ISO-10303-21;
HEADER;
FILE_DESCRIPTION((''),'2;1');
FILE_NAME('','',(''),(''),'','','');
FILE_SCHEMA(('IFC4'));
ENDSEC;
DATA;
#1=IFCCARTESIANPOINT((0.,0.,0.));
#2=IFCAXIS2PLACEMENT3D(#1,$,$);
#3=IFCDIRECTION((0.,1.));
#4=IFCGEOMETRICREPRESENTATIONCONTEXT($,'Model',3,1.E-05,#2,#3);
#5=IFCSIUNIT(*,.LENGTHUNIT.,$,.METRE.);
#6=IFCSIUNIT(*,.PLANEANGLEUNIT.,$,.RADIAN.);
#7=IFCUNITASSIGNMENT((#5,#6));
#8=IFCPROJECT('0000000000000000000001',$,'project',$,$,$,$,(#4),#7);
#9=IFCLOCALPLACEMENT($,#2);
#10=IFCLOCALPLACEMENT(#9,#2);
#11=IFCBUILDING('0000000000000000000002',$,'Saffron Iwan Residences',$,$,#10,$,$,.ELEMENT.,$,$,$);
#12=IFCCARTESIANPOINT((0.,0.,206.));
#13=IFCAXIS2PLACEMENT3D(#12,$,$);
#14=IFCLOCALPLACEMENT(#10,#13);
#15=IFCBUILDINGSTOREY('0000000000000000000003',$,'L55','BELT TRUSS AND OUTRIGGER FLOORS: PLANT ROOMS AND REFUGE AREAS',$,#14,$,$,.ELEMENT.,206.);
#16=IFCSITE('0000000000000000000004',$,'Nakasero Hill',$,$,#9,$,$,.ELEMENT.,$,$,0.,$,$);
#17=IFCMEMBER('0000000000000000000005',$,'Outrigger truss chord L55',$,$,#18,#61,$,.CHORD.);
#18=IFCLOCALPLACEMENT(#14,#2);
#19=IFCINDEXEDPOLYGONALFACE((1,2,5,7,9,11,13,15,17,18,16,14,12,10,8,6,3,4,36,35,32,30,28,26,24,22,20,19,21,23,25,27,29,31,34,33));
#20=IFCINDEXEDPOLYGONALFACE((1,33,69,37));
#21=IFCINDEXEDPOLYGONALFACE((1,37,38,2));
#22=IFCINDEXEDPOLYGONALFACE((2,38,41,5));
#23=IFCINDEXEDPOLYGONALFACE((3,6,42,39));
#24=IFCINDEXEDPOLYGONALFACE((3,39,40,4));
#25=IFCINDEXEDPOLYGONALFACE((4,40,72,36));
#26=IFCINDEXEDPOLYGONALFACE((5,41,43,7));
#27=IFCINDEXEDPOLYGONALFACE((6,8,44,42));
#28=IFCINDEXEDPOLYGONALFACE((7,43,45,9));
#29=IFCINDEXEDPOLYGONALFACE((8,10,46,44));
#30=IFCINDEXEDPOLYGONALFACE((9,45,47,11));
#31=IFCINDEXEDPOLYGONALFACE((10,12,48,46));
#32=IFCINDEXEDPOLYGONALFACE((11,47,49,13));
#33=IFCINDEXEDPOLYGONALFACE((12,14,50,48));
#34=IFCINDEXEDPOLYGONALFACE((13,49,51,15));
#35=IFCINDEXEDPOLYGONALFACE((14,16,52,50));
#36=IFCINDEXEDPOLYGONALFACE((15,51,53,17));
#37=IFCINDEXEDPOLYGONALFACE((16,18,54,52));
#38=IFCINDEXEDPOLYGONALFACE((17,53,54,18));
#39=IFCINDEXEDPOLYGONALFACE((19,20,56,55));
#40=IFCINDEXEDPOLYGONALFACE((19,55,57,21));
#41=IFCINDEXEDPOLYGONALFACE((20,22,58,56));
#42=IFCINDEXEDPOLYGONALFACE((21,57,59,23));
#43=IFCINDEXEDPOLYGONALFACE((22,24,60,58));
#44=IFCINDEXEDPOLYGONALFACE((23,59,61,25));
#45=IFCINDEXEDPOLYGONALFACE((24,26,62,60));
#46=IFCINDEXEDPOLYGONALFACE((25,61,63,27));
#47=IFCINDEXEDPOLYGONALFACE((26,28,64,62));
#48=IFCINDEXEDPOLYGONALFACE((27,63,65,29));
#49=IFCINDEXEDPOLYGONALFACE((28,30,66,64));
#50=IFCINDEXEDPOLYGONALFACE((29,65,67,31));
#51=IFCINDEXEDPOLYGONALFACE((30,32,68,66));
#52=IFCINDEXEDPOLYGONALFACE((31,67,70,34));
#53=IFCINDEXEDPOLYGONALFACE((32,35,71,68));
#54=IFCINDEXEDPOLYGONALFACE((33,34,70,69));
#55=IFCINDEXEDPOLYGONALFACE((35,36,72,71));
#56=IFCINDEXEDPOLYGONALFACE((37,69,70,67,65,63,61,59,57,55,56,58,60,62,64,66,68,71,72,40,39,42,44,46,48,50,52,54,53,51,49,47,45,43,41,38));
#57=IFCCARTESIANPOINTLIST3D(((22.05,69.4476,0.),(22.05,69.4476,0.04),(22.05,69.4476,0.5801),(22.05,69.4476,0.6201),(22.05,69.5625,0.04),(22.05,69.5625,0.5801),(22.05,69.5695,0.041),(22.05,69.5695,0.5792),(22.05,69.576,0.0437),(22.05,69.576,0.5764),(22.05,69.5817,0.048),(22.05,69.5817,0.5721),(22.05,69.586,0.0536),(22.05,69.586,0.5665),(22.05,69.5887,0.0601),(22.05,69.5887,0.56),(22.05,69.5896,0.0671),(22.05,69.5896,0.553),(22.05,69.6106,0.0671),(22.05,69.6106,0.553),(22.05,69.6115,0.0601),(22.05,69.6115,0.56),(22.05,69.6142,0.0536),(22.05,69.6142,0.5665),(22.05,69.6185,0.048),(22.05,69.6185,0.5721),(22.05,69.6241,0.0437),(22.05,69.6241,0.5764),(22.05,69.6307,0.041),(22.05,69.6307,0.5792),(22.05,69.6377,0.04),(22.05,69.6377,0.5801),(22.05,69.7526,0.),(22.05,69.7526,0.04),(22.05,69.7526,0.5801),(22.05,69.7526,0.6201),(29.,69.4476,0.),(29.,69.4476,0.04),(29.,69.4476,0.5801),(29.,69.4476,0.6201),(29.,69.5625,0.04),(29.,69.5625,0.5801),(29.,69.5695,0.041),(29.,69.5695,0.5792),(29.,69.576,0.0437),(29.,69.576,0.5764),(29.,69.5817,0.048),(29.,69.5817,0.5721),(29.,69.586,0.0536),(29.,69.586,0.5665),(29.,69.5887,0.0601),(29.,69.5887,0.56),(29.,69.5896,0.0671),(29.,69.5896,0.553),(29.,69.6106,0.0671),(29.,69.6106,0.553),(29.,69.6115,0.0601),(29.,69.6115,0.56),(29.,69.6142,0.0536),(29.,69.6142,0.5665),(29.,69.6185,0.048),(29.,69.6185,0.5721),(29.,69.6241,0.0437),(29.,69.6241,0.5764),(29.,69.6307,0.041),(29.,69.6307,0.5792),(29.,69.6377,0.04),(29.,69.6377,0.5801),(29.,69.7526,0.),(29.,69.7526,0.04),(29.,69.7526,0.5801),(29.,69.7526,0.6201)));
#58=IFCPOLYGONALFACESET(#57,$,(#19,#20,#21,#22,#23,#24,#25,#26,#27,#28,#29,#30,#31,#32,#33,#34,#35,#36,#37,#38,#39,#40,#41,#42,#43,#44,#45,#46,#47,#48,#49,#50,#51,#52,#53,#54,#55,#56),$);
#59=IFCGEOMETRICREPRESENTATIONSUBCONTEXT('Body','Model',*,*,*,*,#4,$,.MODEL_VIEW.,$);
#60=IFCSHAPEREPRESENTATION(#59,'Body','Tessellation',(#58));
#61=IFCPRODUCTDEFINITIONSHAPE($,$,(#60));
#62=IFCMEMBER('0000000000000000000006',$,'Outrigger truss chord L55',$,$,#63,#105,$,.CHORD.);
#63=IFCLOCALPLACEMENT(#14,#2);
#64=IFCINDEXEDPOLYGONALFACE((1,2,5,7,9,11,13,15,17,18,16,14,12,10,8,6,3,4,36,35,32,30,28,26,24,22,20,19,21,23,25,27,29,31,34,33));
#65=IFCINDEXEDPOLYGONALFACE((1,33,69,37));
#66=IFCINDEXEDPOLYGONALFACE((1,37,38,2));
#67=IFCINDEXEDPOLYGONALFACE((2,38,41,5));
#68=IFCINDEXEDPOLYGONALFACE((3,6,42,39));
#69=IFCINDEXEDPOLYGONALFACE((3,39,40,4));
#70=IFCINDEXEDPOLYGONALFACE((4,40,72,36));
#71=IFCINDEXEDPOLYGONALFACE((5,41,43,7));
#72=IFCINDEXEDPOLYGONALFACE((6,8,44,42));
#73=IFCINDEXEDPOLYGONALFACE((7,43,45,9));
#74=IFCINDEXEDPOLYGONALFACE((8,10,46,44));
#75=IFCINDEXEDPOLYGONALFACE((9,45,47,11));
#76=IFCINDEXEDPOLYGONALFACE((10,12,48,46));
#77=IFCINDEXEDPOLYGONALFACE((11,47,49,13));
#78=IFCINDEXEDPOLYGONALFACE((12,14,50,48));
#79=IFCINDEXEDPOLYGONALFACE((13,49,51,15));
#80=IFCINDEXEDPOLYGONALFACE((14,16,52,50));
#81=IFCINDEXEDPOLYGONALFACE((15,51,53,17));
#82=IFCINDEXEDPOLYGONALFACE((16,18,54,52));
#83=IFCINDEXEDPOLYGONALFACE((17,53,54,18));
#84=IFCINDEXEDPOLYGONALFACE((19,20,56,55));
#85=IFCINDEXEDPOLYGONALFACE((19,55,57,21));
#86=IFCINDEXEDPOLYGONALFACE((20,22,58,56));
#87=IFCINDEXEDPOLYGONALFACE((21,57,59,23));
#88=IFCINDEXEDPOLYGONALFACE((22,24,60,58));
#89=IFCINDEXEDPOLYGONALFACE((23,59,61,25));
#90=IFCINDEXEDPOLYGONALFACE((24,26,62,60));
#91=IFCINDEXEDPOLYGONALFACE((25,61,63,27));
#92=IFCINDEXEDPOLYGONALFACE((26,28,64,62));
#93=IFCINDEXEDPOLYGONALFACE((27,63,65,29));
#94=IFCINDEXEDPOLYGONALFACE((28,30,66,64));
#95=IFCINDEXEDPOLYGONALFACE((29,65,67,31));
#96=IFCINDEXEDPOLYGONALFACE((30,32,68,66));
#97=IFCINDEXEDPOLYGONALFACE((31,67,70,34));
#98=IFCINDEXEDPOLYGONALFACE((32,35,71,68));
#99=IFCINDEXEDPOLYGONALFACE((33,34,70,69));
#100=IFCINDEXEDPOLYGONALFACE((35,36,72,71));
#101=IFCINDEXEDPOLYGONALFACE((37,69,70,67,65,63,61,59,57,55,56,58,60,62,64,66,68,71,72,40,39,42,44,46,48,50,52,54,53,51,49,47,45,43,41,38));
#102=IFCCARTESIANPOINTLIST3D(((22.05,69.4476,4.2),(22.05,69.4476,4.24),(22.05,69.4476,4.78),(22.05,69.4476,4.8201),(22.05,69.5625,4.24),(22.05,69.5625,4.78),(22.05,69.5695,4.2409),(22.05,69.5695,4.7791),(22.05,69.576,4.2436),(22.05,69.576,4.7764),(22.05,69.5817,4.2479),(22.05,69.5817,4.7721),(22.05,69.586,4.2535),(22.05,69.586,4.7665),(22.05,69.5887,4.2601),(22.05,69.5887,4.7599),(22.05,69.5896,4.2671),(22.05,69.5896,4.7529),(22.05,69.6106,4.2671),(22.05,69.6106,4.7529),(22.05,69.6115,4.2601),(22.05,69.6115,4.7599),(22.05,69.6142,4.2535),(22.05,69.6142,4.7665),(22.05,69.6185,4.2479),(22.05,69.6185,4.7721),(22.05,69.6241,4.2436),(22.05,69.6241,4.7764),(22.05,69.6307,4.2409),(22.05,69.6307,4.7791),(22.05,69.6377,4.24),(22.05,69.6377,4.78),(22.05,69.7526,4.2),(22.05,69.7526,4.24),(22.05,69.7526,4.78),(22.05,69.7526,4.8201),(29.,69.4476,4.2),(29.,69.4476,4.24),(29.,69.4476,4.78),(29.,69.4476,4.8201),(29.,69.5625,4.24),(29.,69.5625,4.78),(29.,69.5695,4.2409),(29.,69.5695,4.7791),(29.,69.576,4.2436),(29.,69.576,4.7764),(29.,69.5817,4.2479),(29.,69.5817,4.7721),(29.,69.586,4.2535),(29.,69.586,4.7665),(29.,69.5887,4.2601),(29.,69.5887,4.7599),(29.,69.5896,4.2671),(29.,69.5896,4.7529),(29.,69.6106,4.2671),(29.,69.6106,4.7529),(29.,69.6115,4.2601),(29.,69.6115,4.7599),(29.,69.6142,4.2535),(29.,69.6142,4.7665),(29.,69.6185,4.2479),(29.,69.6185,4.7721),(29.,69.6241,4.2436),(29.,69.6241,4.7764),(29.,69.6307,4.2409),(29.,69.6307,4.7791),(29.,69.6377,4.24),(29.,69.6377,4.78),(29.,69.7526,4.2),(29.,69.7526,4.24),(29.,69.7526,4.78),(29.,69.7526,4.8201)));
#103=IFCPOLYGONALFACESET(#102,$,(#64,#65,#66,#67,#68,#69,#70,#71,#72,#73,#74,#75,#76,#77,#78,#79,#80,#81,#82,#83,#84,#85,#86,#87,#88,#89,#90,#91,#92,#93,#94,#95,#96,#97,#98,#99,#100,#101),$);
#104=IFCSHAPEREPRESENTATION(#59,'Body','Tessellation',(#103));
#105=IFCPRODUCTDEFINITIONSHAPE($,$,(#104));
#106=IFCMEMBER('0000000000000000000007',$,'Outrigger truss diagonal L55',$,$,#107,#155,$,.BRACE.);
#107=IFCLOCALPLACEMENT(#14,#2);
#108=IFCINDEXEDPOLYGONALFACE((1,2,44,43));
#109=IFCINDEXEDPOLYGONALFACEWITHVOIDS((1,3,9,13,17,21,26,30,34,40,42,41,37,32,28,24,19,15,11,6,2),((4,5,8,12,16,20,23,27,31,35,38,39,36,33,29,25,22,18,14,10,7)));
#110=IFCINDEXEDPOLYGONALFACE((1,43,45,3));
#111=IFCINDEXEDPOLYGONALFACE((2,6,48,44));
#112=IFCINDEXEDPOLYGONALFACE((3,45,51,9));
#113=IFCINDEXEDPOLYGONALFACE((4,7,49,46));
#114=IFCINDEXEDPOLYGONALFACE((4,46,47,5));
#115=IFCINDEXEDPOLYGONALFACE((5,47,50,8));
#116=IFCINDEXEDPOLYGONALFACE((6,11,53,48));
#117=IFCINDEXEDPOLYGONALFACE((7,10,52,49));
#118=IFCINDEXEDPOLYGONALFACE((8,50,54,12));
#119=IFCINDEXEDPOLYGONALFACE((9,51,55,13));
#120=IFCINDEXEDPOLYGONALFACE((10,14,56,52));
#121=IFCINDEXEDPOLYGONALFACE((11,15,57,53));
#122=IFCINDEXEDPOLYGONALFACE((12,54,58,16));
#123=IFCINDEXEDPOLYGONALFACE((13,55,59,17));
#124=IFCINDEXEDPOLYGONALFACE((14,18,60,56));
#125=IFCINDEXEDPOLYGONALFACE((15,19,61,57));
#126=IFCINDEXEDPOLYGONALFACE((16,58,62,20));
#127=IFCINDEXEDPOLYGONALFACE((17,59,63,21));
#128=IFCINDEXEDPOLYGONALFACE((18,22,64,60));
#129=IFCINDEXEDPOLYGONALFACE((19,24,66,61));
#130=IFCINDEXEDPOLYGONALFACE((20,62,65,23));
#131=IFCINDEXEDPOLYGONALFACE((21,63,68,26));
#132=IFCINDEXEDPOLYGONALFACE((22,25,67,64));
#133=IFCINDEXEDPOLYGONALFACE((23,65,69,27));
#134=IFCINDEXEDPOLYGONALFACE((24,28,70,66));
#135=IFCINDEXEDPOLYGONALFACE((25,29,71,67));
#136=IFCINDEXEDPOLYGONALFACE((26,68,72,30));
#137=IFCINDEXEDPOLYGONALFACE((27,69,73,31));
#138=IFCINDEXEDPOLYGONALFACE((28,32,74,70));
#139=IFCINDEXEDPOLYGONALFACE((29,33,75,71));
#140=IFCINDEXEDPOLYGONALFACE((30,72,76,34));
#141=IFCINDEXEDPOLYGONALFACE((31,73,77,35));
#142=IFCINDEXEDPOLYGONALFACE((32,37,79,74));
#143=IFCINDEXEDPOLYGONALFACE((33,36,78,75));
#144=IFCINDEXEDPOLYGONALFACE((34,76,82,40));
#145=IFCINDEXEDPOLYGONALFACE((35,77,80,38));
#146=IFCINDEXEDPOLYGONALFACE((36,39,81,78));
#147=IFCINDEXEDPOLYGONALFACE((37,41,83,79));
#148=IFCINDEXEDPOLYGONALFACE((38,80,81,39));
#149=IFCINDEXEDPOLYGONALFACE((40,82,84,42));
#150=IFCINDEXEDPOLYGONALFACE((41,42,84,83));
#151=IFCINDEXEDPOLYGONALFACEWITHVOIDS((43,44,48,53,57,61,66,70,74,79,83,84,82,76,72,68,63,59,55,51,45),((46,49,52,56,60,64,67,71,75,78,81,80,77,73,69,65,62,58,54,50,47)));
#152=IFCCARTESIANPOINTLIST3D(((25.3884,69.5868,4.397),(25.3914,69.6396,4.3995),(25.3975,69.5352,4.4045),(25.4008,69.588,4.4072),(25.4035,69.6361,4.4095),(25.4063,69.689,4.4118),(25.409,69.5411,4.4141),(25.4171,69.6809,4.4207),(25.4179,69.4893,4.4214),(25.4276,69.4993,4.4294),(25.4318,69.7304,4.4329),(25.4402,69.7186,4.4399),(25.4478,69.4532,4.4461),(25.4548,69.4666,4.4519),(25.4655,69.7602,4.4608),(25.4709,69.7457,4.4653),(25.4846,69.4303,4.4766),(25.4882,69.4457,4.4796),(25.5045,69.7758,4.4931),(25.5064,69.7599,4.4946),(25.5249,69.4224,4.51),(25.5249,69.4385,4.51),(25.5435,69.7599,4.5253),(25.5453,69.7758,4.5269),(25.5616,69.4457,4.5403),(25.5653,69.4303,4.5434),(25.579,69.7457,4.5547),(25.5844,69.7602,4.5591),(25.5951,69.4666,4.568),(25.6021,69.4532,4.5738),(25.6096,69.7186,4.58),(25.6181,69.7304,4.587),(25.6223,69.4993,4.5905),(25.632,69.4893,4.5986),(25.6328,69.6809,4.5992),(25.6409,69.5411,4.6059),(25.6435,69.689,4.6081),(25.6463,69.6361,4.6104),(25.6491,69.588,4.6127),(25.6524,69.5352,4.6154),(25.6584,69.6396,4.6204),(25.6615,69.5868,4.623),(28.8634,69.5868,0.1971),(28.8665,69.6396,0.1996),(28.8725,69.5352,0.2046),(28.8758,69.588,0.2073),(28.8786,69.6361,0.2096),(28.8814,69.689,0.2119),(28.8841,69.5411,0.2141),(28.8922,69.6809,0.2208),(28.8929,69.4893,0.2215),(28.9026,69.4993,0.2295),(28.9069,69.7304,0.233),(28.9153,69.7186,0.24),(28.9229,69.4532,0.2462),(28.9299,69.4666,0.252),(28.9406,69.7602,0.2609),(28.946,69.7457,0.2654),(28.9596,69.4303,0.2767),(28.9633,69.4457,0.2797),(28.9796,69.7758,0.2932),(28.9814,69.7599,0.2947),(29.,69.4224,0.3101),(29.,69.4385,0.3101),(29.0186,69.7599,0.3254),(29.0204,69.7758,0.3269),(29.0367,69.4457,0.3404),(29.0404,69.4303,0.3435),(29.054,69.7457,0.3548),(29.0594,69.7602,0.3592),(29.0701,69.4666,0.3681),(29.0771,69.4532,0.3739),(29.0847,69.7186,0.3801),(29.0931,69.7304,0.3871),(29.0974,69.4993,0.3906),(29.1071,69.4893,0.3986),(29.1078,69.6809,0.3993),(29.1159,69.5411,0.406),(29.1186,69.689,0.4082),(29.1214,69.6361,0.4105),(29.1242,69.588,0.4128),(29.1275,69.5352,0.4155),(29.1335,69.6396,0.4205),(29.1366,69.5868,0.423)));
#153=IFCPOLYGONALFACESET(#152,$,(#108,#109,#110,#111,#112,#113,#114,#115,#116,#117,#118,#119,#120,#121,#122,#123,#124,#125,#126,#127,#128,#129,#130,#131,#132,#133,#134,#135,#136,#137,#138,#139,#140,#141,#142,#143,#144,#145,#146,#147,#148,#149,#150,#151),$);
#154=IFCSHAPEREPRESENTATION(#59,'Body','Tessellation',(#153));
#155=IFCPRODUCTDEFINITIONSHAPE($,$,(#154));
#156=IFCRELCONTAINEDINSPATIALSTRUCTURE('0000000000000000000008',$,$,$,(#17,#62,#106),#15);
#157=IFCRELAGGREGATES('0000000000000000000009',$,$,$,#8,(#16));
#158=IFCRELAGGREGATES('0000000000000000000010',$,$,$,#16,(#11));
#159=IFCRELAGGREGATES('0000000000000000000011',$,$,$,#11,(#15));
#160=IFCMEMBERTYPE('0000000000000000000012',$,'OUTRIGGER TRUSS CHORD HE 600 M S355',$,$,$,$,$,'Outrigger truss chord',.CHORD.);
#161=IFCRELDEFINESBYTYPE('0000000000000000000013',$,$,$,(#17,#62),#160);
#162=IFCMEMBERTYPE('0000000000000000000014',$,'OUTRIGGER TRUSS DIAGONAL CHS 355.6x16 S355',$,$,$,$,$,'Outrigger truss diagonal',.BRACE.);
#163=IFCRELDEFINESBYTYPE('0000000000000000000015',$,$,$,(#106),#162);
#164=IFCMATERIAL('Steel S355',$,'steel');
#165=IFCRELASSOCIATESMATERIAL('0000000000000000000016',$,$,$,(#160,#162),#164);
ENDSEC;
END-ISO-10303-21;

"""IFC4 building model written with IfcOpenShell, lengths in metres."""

from ifc_helpers import new_model, si_unit, direction, frame, origin, origin_2d, place, context, subcontext, project, spatial, hollow_circle, i_section, extrude, source, transform, mapped, material, material_profile, profile_set, type_object, element, save


model = new_model("IFC4")

# Units and contexts
model_context = context("Model", 3, precision=1e-05, world=origin(), true_north=direction((0.0, 1.0)))
body_context = subcontext(model_context, "Body", "Model", "MODEL_VIEW")
ifc_project = project(units=[si_unit("LENGTHUNIT", "METRE"), si_unit("PLANEANGLEUNIT", "RADIAN")], contexts=[model_context])

# Site, building, storey
site_placement = place(None, origin())
site = spatial("IfcSite", under=ifc_project, at=site_placement, Name="Nakasero Hill", CompositionType="ELEMENT", RefElevation=0.0)
building_placement = place(site_placement, origin())
building = spatial("IfcBuilding", under=site, at=building_placement, Name="Saffron Iwan Residences", CompositionType="ELEMENT")
storey_placement = place(building_placement, frame((0.0, 0.0, 206.0)))
storey = spatial("IfcBuildingStorey", under=building, at=storey_placement, Name="L55", Description="BELT TRUSS AND OUTRIGGER FLOORS: PLANT ROOMS AND REFUGE AREAS", CompositionType="ELEMENT", Elevation=206.0)

# Members
ifc_material_1 = material(Name="Steel S355", Category="steel")
ifc_material_profile_1 = material_profile(ifc_material_1, i_section(OverallWidth=0.3049, OverallDepth=0.6201, WebThickness=0.021, FlangeThickness=0.04, FilletRadius=0.0271, at=origin_2d()), Name="HE 600 M")
ifc_profile_set_1 = profile_set([ifc_material_profile_1], Name="Steel S355")
member_type_1 = type_object("IfcMemberType", Name="OUTRIGGER TRUSS CHORD HE 600 M S355", ElementType="Outrigger truss chord", PredefinedType="CHORD", material=ifc_profile_set_1)
shared_shape_1 = source(origin(), body_context, "Body", "SweptSolid", [
    extrude(i_section(OverallWidth=0.3049, OverallDepth=0.6201, WebThickness=0.021, FlangeThickness=0.04, FilletRadius=0.0271, at=origin_2d()), origin(), (0.0, 0.0, 1.0), 6.95),
])
for number, where, z_axis, x_axis, name in (
    (1, (29.0, 69.6001, 0.3101), (-1.0, 0.0, 0.0), (0.0, -1.0, 0.0), "Outrigger truss chord L55"),
    (2, (29.0, 69.6001, 4.51), (-1.0, 0.0, 0.0), (0.0, -1.0, 0.0), "Outrigger truss chord L55"),
):
    element("IfcMember", number, at=place(storey_placement, frame(where, z_axis=z_axis, x_axis=x_axis)), inside=storey, type_object=member_type_1, Name=name, PredefinedType="CHORD", context=body_context, shape_type="MappedRepresentation", body=[
        mapped(shared_shape_1, transform((0.0, 0.0, 0.0))),
    ])
ifc_material_profile_2 = material_profile(ifc_material_1, hollow_circle(Radius=0.1777, WallThickness=0.0161, at=origin_2d()), Name="CHS 355.6x16")
ifc_profile_set_2 = profile_set([ifc_material_profile_2], Name="Steel S355")
member_type_2 = type_object("IfcMemberType", Name="OUTRIGGER TRUSS DIAGONAL CHS 355.6x16 S355", ElementType="Outrigger truss diagonal", PredefinedType="BRACE", material=ifc_profile_set_2)
shared_shape_2 = source(origin(), body_context, "Body", "SweptSolid", [
    extrude(hollow_circle(Radius=0.1777, WallThickness=0.0161, at=origin_2d()), origin(), (0.0, 0.0, 1.0), 5.4512),
])
member_placement = place(storey_placement, frame((29.0, 69.6001, 0.3101), z_axis=(-0.637489, 0.0, 0.77046), x_axis=(0.0, -1.0, 0.0)))
element("IfcMember", 3, at=member_placement, inside=storey, type_object=member_type_2, Name="Outrigger truss diagonal L55", PredefinedType="BRACE", context=body_context, shape_type="MappedRepresentation", body=[
    mapped(shared_shape_2, transform((0.0, 0.0, 0.0))),
])

save(model, "model.ifc")
